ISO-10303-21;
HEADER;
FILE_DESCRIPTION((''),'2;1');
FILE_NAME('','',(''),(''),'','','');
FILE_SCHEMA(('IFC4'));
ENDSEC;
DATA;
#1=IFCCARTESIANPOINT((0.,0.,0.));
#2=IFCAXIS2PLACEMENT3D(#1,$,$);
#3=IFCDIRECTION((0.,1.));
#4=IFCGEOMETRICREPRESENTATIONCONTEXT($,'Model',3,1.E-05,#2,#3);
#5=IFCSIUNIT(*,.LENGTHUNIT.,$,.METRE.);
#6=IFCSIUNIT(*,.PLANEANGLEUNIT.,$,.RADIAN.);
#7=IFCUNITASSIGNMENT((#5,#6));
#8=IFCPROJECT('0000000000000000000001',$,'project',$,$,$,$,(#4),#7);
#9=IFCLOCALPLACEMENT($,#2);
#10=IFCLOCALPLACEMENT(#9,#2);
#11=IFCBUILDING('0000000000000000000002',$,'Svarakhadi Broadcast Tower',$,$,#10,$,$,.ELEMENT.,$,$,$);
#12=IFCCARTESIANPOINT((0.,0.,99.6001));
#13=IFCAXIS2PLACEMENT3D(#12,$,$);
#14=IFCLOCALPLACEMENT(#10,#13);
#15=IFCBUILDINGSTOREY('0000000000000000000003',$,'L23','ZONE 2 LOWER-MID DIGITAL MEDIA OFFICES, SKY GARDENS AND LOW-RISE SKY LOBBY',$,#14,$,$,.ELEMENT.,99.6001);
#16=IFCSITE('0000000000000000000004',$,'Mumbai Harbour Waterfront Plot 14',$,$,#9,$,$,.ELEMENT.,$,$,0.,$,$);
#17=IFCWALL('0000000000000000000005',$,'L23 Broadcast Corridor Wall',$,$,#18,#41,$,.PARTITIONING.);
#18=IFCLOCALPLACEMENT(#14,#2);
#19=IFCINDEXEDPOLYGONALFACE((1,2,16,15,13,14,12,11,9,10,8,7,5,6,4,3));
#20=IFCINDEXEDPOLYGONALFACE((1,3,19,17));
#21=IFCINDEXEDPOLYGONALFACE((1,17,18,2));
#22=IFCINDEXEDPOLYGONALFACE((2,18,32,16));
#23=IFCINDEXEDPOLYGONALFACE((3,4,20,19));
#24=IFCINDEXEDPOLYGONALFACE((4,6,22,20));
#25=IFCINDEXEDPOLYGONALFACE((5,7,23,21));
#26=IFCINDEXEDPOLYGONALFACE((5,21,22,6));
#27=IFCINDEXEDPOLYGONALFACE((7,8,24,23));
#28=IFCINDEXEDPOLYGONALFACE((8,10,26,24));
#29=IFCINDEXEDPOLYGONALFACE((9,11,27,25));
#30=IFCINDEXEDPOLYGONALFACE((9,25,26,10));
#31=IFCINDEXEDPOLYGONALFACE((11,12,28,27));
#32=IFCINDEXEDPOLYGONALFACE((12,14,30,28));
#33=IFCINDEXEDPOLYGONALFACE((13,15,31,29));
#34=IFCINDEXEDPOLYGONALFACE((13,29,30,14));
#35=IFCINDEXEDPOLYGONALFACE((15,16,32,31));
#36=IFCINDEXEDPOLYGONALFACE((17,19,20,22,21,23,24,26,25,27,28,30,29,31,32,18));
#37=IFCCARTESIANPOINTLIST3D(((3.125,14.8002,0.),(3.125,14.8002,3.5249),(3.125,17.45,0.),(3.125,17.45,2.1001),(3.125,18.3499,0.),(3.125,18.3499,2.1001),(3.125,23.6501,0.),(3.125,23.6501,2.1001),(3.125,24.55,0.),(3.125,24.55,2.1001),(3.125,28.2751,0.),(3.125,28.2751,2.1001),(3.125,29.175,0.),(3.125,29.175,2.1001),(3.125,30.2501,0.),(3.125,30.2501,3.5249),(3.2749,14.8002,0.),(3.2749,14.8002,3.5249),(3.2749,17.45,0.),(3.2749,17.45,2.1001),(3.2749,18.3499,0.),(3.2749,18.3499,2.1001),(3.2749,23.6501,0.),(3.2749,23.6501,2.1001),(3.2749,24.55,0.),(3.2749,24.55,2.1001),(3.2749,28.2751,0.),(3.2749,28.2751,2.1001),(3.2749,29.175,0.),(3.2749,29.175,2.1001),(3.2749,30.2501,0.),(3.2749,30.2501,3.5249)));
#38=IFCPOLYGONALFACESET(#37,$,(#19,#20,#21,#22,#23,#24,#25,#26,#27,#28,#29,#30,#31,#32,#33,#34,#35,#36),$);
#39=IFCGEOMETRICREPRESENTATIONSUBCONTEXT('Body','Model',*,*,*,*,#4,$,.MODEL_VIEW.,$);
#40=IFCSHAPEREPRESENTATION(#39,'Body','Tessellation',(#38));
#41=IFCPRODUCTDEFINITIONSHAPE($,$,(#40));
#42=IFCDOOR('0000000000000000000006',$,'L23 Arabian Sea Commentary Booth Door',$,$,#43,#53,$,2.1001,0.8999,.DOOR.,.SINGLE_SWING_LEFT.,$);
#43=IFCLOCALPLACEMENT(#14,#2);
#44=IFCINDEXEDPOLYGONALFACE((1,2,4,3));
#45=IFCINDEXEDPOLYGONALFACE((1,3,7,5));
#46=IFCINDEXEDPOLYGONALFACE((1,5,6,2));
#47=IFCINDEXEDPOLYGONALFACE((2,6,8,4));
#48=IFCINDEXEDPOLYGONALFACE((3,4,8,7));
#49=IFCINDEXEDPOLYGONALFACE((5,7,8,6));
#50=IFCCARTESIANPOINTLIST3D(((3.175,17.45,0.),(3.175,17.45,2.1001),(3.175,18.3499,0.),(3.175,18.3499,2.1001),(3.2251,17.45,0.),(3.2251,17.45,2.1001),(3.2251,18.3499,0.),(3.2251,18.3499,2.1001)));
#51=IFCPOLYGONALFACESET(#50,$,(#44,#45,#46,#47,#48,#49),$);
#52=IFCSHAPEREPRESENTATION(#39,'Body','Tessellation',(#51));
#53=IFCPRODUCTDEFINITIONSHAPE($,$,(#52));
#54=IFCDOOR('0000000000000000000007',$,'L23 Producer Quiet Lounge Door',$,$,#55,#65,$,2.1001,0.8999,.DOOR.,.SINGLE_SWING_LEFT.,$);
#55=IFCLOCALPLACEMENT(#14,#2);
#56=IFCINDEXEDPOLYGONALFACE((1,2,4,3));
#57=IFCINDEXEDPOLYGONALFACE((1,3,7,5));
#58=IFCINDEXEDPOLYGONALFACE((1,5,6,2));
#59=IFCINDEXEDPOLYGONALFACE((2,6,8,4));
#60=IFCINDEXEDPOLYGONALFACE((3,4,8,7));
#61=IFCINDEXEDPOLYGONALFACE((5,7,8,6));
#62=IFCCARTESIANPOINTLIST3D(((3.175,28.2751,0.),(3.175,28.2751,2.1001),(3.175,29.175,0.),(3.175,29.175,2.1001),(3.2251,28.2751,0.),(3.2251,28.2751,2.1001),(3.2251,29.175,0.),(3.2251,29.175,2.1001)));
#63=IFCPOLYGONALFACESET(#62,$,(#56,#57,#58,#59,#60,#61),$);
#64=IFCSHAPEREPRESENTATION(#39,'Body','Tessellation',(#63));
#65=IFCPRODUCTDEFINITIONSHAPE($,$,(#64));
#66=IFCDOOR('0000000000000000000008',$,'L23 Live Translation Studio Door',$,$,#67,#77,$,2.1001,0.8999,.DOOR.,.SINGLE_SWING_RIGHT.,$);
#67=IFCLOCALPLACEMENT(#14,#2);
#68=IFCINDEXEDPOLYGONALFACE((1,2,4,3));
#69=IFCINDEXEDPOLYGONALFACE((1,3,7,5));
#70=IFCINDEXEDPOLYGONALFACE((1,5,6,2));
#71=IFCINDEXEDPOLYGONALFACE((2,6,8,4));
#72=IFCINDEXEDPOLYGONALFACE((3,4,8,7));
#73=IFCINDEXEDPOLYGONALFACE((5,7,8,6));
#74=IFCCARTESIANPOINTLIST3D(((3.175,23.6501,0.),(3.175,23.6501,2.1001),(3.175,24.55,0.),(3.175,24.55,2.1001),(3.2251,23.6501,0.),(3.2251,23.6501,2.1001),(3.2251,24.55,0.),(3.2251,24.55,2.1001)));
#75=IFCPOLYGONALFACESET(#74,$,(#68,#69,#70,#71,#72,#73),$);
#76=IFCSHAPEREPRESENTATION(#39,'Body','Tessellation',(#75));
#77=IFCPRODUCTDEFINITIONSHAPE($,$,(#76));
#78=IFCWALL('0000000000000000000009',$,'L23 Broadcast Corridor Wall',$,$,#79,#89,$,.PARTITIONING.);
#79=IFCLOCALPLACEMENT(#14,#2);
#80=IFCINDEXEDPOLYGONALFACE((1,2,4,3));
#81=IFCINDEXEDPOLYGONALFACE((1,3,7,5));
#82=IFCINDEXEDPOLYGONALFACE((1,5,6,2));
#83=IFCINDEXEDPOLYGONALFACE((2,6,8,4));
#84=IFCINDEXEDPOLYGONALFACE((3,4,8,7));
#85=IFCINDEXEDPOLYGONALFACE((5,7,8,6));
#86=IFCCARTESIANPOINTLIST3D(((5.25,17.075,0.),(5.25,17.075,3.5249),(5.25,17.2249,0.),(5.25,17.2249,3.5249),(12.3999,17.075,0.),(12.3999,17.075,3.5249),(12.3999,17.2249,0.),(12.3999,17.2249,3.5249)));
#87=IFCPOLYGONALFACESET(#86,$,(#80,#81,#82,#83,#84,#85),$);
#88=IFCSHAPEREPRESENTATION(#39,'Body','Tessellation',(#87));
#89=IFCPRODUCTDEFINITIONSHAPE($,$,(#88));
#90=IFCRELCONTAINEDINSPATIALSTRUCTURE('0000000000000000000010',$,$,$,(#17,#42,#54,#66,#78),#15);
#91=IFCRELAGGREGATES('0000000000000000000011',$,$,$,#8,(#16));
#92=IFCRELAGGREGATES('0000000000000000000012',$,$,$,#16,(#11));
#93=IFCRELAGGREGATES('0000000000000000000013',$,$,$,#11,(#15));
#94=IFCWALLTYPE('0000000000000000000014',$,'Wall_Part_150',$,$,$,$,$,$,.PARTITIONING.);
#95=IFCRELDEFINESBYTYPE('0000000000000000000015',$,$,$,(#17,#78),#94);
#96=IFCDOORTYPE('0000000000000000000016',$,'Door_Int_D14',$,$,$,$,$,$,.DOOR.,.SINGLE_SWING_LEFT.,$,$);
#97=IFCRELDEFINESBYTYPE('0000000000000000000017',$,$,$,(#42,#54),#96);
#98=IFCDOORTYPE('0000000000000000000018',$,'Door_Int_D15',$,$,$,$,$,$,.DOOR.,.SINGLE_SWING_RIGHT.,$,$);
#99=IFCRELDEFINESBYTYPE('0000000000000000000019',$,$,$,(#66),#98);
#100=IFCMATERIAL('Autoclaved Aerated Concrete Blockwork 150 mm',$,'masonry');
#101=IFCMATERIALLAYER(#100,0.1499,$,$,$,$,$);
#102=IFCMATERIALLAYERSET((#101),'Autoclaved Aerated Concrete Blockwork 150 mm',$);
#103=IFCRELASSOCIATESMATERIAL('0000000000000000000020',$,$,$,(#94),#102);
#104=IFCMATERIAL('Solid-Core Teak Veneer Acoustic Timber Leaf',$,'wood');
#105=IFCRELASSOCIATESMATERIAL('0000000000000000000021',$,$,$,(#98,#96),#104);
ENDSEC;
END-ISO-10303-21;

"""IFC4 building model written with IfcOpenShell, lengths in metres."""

from ifc_helpers import new_model, si_unit, direction, frame, frame_2d, origin, place, context, subcontext, project, spatial, rectangle, extrude, material, layer, layer_set, type_object, element, fill, save


model = new_model("IFC4")

# Units and contexts
model_context = context("Model", 3, precision=1e-05, world=origin(), true_north=direction((0.0, 1.0)))
body_context = subcontext(model_context, "Body", "Model", "MODEL_VIEW")
ifc_project = project(units=[si_unit("LENGTHUNIT", "METRE"), si_unit("PLANEANGLEUNIT", "RADIAN")], contexts=[model_context])

# Site, building, storey
site_placement = place(None, origin())
site = spatial("IfcSite", under=ifc_project, at=site_placement, Name="Mumbai Harbour Waterfront Plot 14", CompositionType="ELEMENT", RefElevation=0.0)
building_placement = place(site_placement, origin())
building = spatial("IfcBuilding", under=site, at=building_placement, Name="Svarakhadi Broadcast Tower", CompositionType="ELEMENT")
storey_placement = place(building_placement, frame((0.0, 0.0, 99.6001)))
storey = spatial("IfcBuildingStorey", under=building, at=storey_placement, Name="L23", Description="ZONE 2 LOWER-MID DIGITAL MEDIA OFFICES, SKY GARDENS AND LOW-RISE SKY LOBBY", CompositionType="ELEMENT", Elevation=99.6001)

# Shared definitions
ifc_material_1 = material(Name="Autoclaved Aerated Concrete Blockwork 150 mm", Category="masonry")
ifc_layer_1 = layer(ifc_material_1, 0.1499)
ifc_layer_set_1 = layer_set([ifc_layer_1], Name="Autoclaved Aerated Concrete Blockwork 150 mm")
wall_type_1 = type_object("IfcWallType", Name="Wall_Part_150", PredefinedType="PARTITIONING", material=ifc_layer_set_1)
ifc_material_2 = material(Name="Solid-Core Teak Veneer Acoustic Timber Leaf", Category="wood")
door_type_1 = type_object("IfcDoorType", Name="Door_Int_D15", OperationType="SINGLE_SWING_RIGHT", PredefinedType="DOOR", material=ifc_material_2)

# Wall, openings, doors
wall_1_placement = place(storey_placement, frame((3.2, 14.8, 0.0), z_axis=(0.0, 0.0, 1.0), x_axis=(0.0, 1.0, 0.0)))
wall_1 = element("IfcWall", 1, at=wall_1_placement, inside=storey, type_object=wall_type_1, Name="L23 Broadcast Corridor Wall", PredefinedType="PARTITIONING", context=body_context, shape_type="SweptSolid", body=[
    extrude(rectangle(XDim=15.45, YDim=0.1499, at=frame_2d((7.7251, 0.0))), origin(), (0.0, 0.0, 1.0), 3.5249),
])
opening_1_placement = place(wall_1_placement, frame((2.6499, 0.0, 0.0)))
opening_1 = element("IfcOpeningElement", 2, at=opening_1_placement, cuts=wall_1, PredefinedType="OPENING", context=body_context, shape_type="SweptSolid", body=[
    extrude(rectangle(XDim=0.8999, YDim=2.1001, at=frame_2d((0.45, 1.05))), frame((0.0, 0.085, 0.0), z_axis=(0.0, -1.0, 0.0), x_axis=(1.0, 0.0, 0.0)), (0.0, 0.0, 1.0), 0.1699),
])
opening_2_placement = place(wall_1_placement, frame((8.8501, 0.0, 0.0)))
opening_2 = element("IfcOpeningElement", 3, at=opening_2_placement, cuts=wall_1, PredefinedType="OPENING", context=body_context, shape_type="SweptSolid", body=[
    extrude(rectangle(XDim=0.8999, YDim=2.1001, at=frame_2d((0.45, 1.05))), frame((0.0, 0.085, 0.0), z_axis=(0.0, -1.0, 0.0), x_axis=(1.0, 0.0, 0.0)), (0.0, 0.0, 1.0), 0.1699),
])
opening_3_placement = place(wall_1_placement, frame((13.4751, 0.0, 0.0)))
opening_3 = element("IfcOpeningElement", 4, at=opening_3_placement, cuts=wall_1, PredefinedType="OPENING", context=body_context, shape_type="SweptSolid", body=[
    extrude(rectangle(XDim=0.8999, YDim=2.1001, at=frame_2d((0.45, 1.05))), frame((0.0, 0.085, 0.0), z_axis=(0.0, -1.0, 0.0), x_axis=(1.0, 0.0, 0.0)), (0.0, 0.0, 1.0), 0.1699),
])
door_type_2 = type_object("IfcDoorType", Name="Door_Int_D14", OperationType="SINGLE_SWING_LEFT", PredefinedType="DOOR", material=ifc_material_2)
door_1_placement = place(opening_1_placement, origin())
door_1 = element("IfcDoor", 5, at=door_1_placement, inside=storey, type_object=door_type_2, Name="L23 Arabian Sea Commentary Booth Door", OperationType="SINGLE_SWING_LEFT", OverallHeight=2.1001, OverallWidth=0.8999, PredefinedType="DOOR", context=body_context, shape_type="SweptSolid", body=[
    extrude(rectangle(XDim=0.8999, YDim=2.1001, at=frame_2d((0.45, 1.05))), frame((0.0, 0.0249, 0.0), z_axis=(0.0, -1.0, 0.0), x_axis=(1.0, 0.0, 0.0)), (0.0, 0.0, 1.0), 0.05),
])
fill(opening_1, door_1)
door_2_placement = place(opening_3_placement, origin())
door_2 = element("IfcDoor", 6, at=door_2_placement, inside=storey, type_object=door_type_2, Name="L23 Producer Quiet Lounge Door", OperationType="SINGLE_SWING_LEFT", OverallHeight=2.1001, OverallWidth=0.8999, PredefinedType="DOOR", context=body_context, shape_type="SweptSolid", body=[
    extrude(rectangle(XDim=0.8999, YDim=2.1001, at=frame_2d((0.45, 1.05))), frame((0.0, 0.0249, 0.0), z_axis=(0.0, -1.0, 0.0), x_axis=(1.0, 0.0, 0.0)), (0.0, 0.0, 1.0), 0.05),
])
fill(opening_3, door_2)
door_3_placement = place(opening_2_placement, origin())
door_3 = element("IfcDoor", 7, at=door_3_placement, inside=storey, type_object=door_type_1, Name="L23 Live Translation Studio Door", OperationType="SINGLE_SWING_RIGHT", OverallHeight=2.1001, OverallWidth=0.8999, PredefinedType="DOOR", context=body_context, shape_type="SweptSolid", body=[
    extrude(rectangle(XDim=0.8999, YDim=2.1001, at=frame_2d((0.45, 1.05))), frame((0.0, 0.0249, 0.0), z_axis=(0.0, -1.0, 0.0), x_axis=(1.0, 0.0, 0.0)), (0.0, 0.0, 1.0), 0.05),
])
fill(opening_2, door_3)

# Wall
wall_2_placement = place(storey_placement, frame((5.25, 17.1499, 0.0), z_axis=(0.0, 0.0, 1.0), x_axis=(1.0, 0.0, 0.0)))
element("IfcWall", 8, at=wall_2_placement, inside=storey, type_object=wall_type_1, Name="L23 Broadcast Corridor Wall", PredefinedType="PARTITIONING", context=body_context, shape_type="SweptSolid", body=[
    extrude(rectangle(XDim=7.1499, YDim=0.1499, at=frame_2d((3.575, 0.0))), origin(), (0.0, 0.0, 1.0), 3.5249),
])

save(model, "model.ifc")
